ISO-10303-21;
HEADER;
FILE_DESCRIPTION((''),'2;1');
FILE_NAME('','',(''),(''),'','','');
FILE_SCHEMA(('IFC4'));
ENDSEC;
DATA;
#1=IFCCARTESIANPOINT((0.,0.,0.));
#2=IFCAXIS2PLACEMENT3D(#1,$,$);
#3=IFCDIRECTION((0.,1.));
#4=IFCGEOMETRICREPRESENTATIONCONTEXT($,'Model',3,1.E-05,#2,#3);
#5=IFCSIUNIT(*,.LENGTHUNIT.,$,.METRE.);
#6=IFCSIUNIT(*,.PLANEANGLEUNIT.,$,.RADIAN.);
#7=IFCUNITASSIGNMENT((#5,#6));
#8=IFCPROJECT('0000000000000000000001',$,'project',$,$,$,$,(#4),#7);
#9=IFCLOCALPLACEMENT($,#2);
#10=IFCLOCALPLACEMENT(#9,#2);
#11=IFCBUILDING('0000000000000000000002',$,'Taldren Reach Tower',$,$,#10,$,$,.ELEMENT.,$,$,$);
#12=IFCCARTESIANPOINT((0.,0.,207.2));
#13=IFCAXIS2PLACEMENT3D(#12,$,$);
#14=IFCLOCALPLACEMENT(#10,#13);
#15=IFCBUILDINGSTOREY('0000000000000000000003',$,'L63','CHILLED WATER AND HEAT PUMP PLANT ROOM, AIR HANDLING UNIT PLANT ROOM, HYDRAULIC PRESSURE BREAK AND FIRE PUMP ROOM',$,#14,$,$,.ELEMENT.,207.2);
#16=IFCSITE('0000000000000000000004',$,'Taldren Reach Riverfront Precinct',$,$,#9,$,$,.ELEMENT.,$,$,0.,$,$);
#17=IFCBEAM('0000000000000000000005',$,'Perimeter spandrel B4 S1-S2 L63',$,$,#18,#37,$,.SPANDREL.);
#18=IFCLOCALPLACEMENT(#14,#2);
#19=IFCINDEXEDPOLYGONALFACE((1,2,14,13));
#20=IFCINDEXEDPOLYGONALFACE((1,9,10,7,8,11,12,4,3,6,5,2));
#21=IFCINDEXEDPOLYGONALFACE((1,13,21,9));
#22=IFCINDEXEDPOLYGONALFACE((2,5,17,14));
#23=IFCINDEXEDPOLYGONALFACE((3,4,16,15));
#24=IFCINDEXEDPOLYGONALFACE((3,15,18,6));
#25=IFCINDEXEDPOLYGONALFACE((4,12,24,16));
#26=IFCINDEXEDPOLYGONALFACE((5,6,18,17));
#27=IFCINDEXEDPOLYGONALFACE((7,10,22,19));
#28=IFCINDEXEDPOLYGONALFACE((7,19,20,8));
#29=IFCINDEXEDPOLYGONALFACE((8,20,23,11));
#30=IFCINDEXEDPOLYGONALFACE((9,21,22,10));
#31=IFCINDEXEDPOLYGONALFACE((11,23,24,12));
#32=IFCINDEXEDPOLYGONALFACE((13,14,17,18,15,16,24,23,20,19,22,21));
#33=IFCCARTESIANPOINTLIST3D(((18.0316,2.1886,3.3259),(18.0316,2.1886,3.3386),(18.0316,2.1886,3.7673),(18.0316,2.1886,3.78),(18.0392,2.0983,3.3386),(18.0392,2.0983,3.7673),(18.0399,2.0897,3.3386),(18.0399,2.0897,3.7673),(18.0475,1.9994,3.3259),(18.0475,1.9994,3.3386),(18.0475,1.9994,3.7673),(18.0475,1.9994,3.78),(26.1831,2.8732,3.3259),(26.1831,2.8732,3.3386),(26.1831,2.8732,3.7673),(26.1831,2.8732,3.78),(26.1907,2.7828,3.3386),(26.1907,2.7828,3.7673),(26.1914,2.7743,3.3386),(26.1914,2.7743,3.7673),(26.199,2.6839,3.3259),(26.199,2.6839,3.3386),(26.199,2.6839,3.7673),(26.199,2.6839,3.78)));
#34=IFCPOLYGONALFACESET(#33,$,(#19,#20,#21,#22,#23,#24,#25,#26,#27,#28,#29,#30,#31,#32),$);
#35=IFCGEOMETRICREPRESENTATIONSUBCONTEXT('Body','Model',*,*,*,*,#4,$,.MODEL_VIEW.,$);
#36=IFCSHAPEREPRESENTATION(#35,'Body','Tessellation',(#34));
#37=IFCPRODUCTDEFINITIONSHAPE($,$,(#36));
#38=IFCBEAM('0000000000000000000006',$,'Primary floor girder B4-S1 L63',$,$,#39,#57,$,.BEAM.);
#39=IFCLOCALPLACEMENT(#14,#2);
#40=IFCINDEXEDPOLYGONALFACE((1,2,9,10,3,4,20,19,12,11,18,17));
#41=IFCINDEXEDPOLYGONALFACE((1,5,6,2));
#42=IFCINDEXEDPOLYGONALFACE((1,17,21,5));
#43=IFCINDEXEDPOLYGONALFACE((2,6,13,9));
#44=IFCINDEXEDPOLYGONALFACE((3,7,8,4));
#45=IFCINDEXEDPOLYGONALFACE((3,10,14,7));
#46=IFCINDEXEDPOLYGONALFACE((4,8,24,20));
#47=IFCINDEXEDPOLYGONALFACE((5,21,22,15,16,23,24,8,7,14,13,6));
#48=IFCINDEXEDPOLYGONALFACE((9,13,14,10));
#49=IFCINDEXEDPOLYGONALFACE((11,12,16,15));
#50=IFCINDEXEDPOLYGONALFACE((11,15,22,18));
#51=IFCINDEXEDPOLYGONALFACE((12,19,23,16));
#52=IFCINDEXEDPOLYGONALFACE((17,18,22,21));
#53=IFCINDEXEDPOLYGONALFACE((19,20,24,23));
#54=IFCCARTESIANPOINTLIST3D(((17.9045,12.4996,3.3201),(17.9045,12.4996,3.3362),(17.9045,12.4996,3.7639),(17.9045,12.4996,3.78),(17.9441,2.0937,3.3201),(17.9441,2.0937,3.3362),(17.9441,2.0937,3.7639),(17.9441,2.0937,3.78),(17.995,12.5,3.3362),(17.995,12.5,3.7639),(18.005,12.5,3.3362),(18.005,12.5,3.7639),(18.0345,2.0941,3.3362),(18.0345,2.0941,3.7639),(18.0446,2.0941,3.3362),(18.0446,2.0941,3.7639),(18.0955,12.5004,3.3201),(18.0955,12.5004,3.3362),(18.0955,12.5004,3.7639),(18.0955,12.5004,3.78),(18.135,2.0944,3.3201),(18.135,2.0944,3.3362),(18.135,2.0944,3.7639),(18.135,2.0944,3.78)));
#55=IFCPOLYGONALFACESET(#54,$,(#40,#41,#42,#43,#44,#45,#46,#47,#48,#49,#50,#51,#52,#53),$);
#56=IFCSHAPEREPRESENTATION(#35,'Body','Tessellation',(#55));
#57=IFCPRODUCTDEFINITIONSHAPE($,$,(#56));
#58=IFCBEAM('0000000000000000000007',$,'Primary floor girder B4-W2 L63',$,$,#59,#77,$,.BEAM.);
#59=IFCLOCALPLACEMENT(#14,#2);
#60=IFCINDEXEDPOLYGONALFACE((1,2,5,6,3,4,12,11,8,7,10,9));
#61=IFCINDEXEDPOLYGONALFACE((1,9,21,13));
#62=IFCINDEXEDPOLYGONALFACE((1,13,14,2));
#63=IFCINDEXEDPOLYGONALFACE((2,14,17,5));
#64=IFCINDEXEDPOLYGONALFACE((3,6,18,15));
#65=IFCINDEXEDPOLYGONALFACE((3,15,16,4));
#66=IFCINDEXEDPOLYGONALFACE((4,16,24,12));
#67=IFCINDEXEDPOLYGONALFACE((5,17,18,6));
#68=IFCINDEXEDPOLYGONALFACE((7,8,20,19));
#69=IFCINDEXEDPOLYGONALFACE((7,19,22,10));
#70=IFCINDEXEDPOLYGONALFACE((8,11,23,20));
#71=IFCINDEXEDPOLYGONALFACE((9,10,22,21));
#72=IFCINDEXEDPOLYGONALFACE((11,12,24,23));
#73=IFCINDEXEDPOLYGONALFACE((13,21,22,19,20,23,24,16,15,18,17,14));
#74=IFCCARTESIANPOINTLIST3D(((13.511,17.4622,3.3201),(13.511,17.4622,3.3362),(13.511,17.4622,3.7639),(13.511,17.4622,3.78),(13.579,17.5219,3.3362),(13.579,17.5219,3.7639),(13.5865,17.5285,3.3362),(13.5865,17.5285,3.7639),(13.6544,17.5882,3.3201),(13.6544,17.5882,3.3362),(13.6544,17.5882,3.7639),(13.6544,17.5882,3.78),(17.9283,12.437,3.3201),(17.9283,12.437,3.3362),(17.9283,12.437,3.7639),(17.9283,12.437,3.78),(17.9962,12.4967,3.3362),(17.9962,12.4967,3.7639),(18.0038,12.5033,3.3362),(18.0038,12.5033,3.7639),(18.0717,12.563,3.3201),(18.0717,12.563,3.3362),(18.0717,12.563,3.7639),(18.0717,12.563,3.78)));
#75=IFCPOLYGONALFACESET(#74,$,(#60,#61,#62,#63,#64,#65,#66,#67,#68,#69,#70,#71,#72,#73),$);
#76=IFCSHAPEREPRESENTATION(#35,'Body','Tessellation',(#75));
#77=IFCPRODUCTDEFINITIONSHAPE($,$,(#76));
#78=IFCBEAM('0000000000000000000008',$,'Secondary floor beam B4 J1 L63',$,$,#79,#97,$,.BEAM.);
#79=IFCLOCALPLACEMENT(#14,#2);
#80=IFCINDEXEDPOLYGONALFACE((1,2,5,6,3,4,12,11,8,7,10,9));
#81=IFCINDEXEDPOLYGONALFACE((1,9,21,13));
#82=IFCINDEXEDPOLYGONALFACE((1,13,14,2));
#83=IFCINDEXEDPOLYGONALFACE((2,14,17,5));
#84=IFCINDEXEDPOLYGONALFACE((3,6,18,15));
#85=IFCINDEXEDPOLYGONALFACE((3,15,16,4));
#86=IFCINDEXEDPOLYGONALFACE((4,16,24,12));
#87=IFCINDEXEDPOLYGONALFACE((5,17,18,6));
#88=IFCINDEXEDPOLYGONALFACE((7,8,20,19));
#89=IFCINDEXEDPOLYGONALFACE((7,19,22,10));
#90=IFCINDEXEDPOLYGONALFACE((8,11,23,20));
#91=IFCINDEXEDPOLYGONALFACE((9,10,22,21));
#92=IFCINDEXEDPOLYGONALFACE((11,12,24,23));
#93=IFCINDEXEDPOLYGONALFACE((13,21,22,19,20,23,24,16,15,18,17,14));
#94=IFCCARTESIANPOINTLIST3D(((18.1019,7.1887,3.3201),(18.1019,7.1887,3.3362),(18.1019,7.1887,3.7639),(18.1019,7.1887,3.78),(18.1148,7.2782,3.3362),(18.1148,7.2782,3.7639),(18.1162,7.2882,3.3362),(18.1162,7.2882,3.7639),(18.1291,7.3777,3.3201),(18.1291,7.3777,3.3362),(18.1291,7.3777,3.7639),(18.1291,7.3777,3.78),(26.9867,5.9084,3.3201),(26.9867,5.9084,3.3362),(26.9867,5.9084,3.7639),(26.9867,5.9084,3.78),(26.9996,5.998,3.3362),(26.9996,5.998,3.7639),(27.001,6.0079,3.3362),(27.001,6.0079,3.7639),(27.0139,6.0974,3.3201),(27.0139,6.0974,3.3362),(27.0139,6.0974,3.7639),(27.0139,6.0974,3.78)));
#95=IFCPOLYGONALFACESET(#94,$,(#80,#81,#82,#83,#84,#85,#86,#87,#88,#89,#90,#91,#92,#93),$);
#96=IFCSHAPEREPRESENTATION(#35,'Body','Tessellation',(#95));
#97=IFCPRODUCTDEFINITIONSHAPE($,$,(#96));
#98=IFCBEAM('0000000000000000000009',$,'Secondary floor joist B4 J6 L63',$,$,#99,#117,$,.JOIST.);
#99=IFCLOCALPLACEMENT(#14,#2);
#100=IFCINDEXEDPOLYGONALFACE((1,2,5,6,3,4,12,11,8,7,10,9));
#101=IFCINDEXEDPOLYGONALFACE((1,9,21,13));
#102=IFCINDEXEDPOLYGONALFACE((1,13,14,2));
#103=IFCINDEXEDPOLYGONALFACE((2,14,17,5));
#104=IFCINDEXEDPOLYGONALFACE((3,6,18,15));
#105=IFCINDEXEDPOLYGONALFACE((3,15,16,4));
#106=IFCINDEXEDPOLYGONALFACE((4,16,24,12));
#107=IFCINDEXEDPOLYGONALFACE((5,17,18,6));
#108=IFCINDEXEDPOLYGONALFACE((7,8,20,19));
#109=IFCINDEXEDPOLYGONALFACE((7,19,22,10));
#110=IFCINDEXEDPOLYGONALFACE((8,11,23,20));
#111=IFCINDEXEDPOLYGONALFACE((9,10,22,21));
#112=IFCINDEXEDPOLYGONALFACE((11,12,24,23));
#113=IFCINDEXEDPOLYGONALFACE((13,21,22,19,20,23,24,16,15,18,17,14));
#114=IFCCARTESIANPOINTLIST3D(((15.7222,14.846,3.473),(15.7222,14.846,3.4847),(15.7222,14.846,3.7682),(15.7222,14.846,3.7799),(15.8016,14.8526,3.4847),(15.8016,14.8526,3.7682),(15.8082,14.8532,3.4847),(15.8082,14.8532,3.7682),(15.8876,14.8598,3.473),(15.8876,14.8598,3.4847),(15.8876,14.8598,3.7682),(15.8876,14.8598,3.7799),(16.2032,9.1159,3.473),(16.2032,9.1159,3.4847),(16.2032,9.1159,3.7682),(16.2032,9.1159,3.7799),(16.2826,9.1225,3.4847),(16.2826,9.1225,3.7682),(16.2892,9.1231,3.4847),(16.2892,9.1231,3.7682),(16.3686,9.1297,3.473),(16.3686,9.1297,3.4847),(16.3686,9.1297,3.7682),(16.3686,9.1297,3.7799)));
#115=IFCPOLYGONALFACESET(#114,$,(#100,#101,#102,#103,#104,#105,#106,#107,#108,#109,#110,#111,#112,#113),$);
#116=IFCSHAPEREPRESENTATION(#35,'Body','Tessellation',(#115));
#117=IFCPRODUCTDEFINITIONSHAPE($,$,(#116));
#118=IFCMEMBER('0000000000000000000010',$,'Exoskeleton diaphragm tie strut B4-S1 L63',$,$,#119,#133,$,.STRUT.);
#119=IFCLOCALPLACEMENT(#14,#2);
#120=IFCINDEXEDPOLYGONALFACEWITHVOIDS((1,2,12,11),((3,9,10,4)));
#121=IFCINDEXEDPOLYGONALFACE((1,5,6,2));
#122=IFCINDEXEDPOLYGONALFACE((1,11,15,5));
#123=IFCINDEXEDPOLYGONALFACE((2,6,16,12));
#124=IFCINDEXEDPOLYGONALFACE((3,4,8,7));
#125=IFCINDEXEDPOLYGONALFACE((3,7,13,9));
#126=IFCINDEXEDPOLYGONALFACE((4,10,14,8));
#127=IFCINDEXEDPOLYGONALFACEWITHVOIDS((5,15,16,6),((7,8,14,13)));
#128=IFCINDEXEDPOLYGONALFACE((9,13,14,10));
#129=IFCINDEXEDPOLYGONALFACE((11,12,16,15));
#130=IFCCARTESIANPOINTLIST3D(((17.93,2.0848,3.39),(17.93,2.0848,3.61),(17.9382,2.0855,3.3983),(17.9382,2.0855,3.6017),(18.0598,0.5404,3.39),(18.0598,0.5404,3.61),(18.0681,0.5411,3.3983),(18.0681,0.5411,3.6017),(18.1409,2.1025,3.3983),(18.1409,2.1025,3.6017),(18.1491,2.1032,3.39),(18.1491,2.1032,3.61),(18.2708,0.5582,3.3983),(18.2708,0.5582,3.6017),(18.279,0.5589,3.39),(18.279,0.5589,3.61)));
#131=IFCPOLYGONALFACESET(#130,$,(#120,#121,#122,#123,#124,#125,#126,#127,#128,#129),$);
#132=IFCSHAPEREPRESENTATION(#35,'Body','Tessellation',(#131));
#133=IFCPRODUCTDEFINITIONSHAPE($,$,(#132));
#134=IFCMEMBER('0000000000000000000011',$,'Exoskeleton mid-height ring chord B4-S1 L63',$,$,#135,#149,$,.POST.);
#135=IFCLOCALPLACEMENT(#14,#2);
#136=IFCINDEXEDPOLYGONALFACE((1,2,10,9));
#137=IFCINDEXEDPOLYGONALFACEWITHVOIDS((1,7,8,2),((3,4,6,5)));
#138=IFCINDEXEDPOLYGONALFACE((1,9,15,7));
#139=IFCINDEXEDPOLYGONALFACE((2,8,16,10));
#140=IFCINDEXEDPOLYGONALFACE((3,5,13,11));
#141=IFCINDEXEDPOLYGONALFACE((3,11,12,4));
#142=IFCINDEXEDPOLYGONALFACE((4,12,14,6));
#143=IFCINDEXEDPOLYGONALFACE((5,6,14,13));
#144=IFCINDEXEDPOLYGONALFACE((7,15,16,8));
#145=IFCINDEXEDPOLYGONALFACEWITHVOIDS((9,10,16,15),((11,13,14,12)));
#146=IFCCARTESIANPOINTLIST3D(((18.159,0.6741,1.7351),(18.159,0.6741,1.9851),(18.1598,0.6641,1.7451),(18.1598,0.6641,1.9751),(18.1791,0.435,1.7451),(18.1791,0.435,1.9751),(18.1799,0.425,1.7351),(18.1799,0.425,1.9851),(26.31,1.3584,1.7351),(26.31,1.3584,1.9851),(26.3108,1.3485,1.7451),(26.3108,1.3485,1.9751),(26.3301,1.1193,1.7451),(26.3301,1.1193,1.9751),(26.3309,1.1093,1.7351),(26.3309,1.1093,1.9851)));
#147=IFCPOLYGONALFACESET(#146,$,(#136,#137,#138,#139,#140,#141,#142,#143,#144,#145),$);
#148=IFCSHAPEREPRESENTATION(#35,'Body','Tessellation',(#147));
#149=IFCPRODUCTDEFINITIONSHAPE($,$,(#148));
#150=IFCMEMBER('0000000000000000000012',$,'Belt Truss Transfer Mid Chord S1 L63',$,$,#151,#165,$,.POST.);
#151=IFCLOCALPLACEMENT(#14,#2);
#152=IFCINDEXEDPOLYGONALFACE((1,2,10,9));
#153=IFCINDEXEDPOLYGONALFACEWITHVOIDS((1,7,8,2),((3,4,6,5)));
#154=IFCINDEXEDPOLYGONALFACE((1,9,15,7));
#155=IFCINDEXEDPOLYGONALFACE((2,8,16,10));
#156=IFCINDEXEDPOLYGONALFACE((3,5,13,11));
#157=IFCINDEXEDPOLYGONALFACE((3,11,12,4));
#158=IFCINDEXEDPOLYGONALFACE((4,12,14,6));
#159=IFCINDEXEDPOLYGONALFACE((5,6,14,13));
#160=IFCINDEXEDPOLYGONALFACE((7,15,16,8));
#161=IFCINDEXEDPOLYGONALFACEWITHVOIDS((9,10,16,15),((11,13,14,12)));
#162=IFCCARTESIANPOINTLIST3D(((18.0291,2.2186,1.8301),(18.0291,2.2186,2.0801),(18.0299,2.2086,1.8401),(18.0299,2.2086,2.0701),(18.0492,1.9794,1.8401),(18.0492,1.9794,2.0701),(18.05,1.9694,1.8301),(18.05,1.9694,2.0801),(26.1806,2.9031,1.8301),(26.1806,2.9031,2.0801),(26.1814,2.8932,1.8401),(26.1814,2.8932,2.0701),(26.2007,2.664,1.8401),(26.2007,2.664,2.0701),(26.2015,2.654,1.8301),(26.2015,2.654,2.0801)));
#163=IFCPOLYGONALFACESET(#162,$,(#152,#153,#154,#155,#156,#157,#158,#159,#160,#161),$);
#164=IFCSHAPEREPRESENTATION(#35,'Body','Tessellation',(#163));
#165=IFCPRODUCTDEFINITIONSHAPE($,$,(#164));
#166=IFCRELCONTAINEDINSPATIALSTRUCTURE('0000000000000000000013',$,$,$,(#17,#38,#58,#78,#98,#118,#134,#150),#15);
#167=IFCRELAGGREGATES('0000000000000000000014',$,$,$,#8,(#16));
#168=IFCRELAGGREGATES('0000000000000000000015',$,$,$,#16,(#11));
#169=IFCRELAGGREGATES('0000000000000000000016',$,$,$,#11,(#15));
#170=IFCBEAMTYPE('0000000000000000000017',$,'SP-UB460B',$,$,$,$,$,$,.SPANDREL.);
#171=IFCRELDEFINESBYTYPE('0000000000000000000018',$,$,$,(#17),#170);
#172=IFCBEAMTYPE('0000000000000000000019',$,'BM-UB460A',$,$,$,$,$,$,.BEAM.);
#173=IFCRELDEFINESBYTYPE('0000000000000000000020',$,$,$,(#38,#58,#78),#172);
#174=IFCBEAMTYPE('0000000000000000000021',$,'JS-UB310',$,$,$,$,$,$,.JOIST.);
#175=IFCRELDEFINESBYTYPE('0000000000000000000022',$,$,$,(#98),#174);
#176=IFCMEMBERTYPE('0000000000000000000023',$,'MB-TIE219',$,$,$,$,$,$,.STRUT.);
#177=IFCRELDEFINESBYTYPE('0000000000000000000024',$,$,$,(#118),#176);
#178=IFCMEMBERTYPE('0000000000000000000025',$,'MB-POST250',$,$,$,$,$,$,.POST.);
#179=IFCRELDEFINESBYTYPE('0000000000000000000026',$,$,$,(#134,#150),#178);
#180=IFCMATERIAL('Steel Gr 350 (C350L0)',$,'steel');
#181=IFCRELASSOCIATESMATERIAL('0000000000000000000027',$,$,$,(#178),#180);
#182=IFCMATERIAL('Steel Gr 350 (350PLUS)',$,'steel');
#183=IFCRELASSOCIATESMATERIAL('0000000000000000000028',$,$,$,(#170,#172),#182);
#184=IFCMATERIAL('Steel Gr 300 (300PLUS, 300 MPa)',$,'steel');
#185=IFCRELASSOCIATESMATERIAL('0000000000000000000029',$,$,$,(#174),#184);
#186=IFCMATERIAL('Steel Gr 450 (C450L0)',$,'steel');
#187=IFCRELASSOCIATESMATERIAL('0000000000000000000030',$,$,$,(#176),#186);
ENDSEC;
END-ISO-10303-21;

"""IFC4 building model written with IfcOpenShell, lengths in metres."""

from ifc_helpers import new_model, si_unit, direction, frame, origin, origin_2d, place, context, subcontext, project, spatial, hollow_rectangle, i_section, extrude, source, transform, mapped, material, material_profile, profile_set, type_object, element, save


model = new_model("IFC4")

# Units and contexts
model_context = context("Model", 3, precision=1e-05, world=origin(), true_north=direction((0.0, 1.0)))
body_context = subcontext(model_context, "Body", "Model", "MODEL_VIEW")
ifc_project = project(units=[si_unit("LENGTHUNIT", "METRE"), si_unit("PLANEANGLEUNIT", "RADIAN")], contexts=[model_context])

# Site, building, storey
site_placement = place(None, origin())
site = spatial("IfcSite", under=ifc_project, at=site_placement, Name="Taldren Reach Riverfront Precinct", CompositionType="ELEMENT", RefElevation=0.0)
building_placement = place(site_placement, origin())
building = spatial("IfcBuilding", under=site, at=building_placement, Name="Taldren Reach Tower", CompositionType="ELEMENT")
storey_placement = place(building_placement, frame((0.0, 0.0, 207.2)))
storey = spatial("IfcBuildingStorey", under=building, at=storey_placement, Name="L63", Description="CHILLED WATER AND HEAT PUMP PLANT ROOM, AIR HANDLING UNIT PLANT ROOM, HYDRAULIC PRESSURE BREAK AND FIRE PUMP ROOM", CompositionType="ELEMENT", Elevation=207.2)

# Shared definitions
ifc_material_1 = material(Name="Steel Gr 450 (C450L0)", Category="steel")
ifc_material_2 = material(Name="Steel Gr 350 (C350L0)", Category="steel")

# Shared definitions
ifc_material_3 = material(Name="Steel Gr 350 (350PLUS)", Category="steel")

# Shared definitions
ifc_material_profile_1 = material_profile(ifc_material_2, hollow_rectangle(XDim=0.25, YDim=0.25, WallThickness=0.01, at=origin_2d()), Name="250x250x10.0SHS")
ifc_profile_set_1 = profile_set([ifc_material_profile_1], Name="Steel Gr 350 (C350L0)")
member_type_1 = type_object("IfcMemberType", Name="MB-POST250", PredefinedType="POST", material=ifc_profile_set_1)

# Beams
ifc_material_profile_2 = material_profile(ifc_material_3, i_section(OverallWidth=0.1899, OverallDepth=0.4541, WebThickness=0.0085, FlangeThickness=0.0127, at=origin_2d()), Name="460UB67.1")
ifc_profile_set_2 = profile_set([ifc_material_profile_2], Name="Steel Gr 350 (350PLUS)")
beam_type_1 = type_object("IfcBeamType", Name="SP-UB460B", PredefinedType="SPANDREL", material=ifc_profile_set_2)
shared_shape_1 = source(origin(), body_context, "Body", "SweptSolid", [
    extrude(i_section(OverallWidth=0.1899, OverallDepth=0.4541, WebThickness=0.0085, FlangeThickness=0.0127, at=origin_2d()), origin(), (0.0, 0.0, 1.0), 8.1802),
])
beam_1_placement = place(storey_placement, frame((18.0396, 2.094, 3.553), z_axis=(0.996492, 0.083688, 0.0), x_axis=(-0.083688, 0.996492, 0.0)))
element("IfcBeam", 1, at=beam_1_placement, inside=storey, type_object=beam_type_1, Name="Perimeter spandrel B4 S1-S2 L63", PredefinedType="SPANDREL", context=body_context, shape_type="MappedRepresentation", body=[
    mapped(shared_shape_1, transform((0.0, 0.0, 0.0), scale=1.0)),
])
ifc_material_profile_3 = material_profile(ifc_material_3, i_section(OverallWidth=0.1909, OverallDepth=0.46, WebThickness=0.01, FlangeThickness=0.0161, at=origin_2d()), Name="460UB82.1")
ifc_profile_set_3 = profile_set([ifc_material_profile_3], Name="Steel Gr 350 (350PLUS)")
beam_type_2 = type_object("IfcBeamType", Name="BM-UB460A", PredefinedType="BEAM", material=ifc_profile_set_3)
shared_shape_2 = source(origin(), body_context, "Body", "SweptSolid", [
    extrude(i_section(OverallWidth=0.1909, OverallDepth=0.46, WebThickness=0.01, FlangeThickness=0.0161, at=origin_2d()), origin(), (0.0, 0.0, 1.0), 10.406),
])
beam_2_placement = place(storey_placement, frame((18.0, 12.5, 3.55), z_axis=(0.003801, -0.999993, 0.0), x_axis=(0.999993, 0.003801, 0.0)))
element("IfcBeam", 2, at=beam_2_placement, inside=storey, type_object=beam_type_2, Name="Primary floor girder B4-S1 L63", PredefinedType="BEAM", context=body_context, shape_type="MappedRepresentation", body=[
    mapped(shared_shape_2, transform((0.0, 0.0, 0.0), scale=1.0)),
])
shared_shape_3 = source(origin(), body_context, "Body", "SweptSolid", [
    extrude(i_section(OverallWidth=0.1909, OverallDepth=0.46, WebThickness=0.01, FlangeThickness=0.0161, at=origin_2d()), origin(), (0.0, 0.0, 1.0), 6.6907),
])
beam_3_placement = place(storey_placement, frame((18.0, 12.5, 3.55), z_axis=(-0.660216, 0.751076, 0.0), x_axis=(-0.751076, -0.660216, 0.0)))
element("IfcBeam", 3, at=beam_3_placement, inside=storey, type_object=beam_type_2, Name="Primary floor girder B4-W2 L63", PredefinedType="BEAM", context=body_context, shape_type="MappedRepresentation", body=[
    mapped(shared_shape_3, transform((0.0, 0.0, 0.0), scale=1.0)),
])
shared_shape_4 = source(origin(), body_context, "Body", "SweptSolid", [
    extrude(i_section(OverallWidth=0.1909, OverallDepth=0.46, WebThickness=0.01, FlangeThickness=0.0161, at=origin_2d()), origin(), (0.0, 0.0, 1.0), 8.9766),
])
beam_4_placement = place(storey_placement, frame((18.1155, 7.2832, 3.55), z_axis=(0.989777, -0.142624, 0.0), x_axis=(0.142624, 0.989777, 0.0)))
element("IfcBeam", 4, at=beam_4_placement, inside=storey, type_object=beam_type_2, Name="Secondary floor beam B4 J1 L63", PredefinedType="BEAM", context=body_context, shape_type="MappedRepresentation", body=[
    mapped(shared_shape_4, transform((0.0, 0.0, 0.0), scale=1.0)),
])
ifc_material_4 = material(Name="Steel Gr 300 (300PLUS, 300 MPa)", Category="steel")
ifc_material_profile_4 = material_profile(ifc_material_4, i_section(OverallWidth=0.166, OverallDepth=0.3069, WebThickness=0.0066, FlangeThickness=0.0117, at=origin_2d()), Name="310UB46.2")
ifc_profile_set_4 = profile_set([ifc_material_profile_4], Name="Steel Gr 300 (300PLUS, 300 MPa)")
beam_type_3 = type_object("IfcBeamType", Name="JS-UB310", PredefinedType="JOIST", material=ifc_profile_set_4)
shared_shape_5 = source(origin(), body_context, "Body", "SweptSolid", [
    extrude(i_section(OverallWidth=0.166, OverallDepth=0.3069, WebThickness=0.0066, FlangeThickness=0.0117, at=origin_2d()), origin(), (0.0, 0.0, 1.0), 5.7502),
])
beam_5_placement = place(storey_placement, frame((16.2859, 9.1228, 3.6265), z_axis=(-0.083643, 0.996496, 0.0), x_axis=(-0.996496, -0.083643, 0.0)))
element("IfcBeam", 5, at=beam_5_placement, inside=storey, type_object=beam_type_3, Name="Secondary floor joist B4 J6 L63", PredefinedType="JOIST", context=body_context, shape_type="MappedRepresentation", body=[
    mapped(shared_shape_5, transform((0.0, 0.0, 0.0), scale=1.0)),
])

# Members
ifc_material_profile_5 = material_profile(ifc_material_1, hollow_rectangle(XDim=0.22, YDim=0.22, WallThickness=0.0083, at=origin_2d()), Name="220x220x8.2SHS")
ifc_profile_set_5 = profile_set([ifc_material_profile_5], Name="Steel Gr 450 (C450L0)")
member_type_2 = type_object("IfcMemberType", Name="MB-TIE219", PredefinedType="STRUT", material=ifc_profile_set_5)
shared_shape_6 = source(origin(), body_context, "Body", "SweptSolid", [
    extrude(hollow_rectangle(XDim=0.22, YDim=0.22, WallThickness=0.0083, at=origin_2d()), origin(), (0.0, 0.0, 1.0), 1.5498),
])
member_1_placement = place(storey_placement, frame((18.0396, 2.094, 3.5), z_axis=(0.083802, -0.996482, 0.0), x_axis=(0.996482, 0.083802, 0.0)))
element("IfcMember", 6, at=member_1_placement, inside=storey, type_object=member_type_2, Name="Exoskeleton diaphragm tie strut B4-S1 L63", PredefinedType="STRUT", context=body_context, shape_type="MappedRepresentation", body=[
    mapped(shared_shape_6, transform((0.0, 0.0, 0.0), scale=1.0)),
])
shared_shape_7 = source(origin(), body_context, "Body", "SweptSolid", [
    extrude(hollow_rectangle(XDim=0.25, YDim=0.25, WallThickness=0.01, at=origin_2d()), origin(), (0.0, 0.0, 1.0), 8.1797),
])
member_2_placement = place(storey_placement, frame((18.1694, 0.5496, 1.8601), z_axis=(0.996494, 0.083661, 0.0), x_axis=(-0.083661, 0.996494, 0.0)))
element("IfcMember", 7, at=member_2_placement, inside=storey, type_object=member_type_1, Name="Exoskeleton mid-height ring chord B4-S1 L63", PredefinedType="POST", context=body_context, shape_type="MappedRepresentation", body=[
    mapped(shared_shape_7, transform((0.0, 0.0, 0.0), scale=1.0)),
])
shared_shape_8 = source(origin(), body_context, "Body", "SweptSolid", [
    extrude(hollow_rectangle(XDim=0.25, YDim=0.25, WallThickness=0.01, at=origin_2d()), origin(), (0.0, 0.0, 1.0), 8.1802),
])
member_3_placement = place(storey_placement, frame((18.0396, 2.094, 1.9551), z_axis=(0.996492, 0.083688, 0.0), x_axis=(-0.083688, 0.996492, 0.0)))
element("IfcMember", 8, at=member_3_placement, inside=storey, type_object=member_type_1, Name="Belt Truss Transfer Mid Chord S1 L63", PredefinedType="POST", context=body_context, shape_type="MappedRepresentation", body=[
    mapped(shared_shape_8, transform((0.0, 0.0, 0.0), scale=1.0)),
])

save(model, "model.ifc")
